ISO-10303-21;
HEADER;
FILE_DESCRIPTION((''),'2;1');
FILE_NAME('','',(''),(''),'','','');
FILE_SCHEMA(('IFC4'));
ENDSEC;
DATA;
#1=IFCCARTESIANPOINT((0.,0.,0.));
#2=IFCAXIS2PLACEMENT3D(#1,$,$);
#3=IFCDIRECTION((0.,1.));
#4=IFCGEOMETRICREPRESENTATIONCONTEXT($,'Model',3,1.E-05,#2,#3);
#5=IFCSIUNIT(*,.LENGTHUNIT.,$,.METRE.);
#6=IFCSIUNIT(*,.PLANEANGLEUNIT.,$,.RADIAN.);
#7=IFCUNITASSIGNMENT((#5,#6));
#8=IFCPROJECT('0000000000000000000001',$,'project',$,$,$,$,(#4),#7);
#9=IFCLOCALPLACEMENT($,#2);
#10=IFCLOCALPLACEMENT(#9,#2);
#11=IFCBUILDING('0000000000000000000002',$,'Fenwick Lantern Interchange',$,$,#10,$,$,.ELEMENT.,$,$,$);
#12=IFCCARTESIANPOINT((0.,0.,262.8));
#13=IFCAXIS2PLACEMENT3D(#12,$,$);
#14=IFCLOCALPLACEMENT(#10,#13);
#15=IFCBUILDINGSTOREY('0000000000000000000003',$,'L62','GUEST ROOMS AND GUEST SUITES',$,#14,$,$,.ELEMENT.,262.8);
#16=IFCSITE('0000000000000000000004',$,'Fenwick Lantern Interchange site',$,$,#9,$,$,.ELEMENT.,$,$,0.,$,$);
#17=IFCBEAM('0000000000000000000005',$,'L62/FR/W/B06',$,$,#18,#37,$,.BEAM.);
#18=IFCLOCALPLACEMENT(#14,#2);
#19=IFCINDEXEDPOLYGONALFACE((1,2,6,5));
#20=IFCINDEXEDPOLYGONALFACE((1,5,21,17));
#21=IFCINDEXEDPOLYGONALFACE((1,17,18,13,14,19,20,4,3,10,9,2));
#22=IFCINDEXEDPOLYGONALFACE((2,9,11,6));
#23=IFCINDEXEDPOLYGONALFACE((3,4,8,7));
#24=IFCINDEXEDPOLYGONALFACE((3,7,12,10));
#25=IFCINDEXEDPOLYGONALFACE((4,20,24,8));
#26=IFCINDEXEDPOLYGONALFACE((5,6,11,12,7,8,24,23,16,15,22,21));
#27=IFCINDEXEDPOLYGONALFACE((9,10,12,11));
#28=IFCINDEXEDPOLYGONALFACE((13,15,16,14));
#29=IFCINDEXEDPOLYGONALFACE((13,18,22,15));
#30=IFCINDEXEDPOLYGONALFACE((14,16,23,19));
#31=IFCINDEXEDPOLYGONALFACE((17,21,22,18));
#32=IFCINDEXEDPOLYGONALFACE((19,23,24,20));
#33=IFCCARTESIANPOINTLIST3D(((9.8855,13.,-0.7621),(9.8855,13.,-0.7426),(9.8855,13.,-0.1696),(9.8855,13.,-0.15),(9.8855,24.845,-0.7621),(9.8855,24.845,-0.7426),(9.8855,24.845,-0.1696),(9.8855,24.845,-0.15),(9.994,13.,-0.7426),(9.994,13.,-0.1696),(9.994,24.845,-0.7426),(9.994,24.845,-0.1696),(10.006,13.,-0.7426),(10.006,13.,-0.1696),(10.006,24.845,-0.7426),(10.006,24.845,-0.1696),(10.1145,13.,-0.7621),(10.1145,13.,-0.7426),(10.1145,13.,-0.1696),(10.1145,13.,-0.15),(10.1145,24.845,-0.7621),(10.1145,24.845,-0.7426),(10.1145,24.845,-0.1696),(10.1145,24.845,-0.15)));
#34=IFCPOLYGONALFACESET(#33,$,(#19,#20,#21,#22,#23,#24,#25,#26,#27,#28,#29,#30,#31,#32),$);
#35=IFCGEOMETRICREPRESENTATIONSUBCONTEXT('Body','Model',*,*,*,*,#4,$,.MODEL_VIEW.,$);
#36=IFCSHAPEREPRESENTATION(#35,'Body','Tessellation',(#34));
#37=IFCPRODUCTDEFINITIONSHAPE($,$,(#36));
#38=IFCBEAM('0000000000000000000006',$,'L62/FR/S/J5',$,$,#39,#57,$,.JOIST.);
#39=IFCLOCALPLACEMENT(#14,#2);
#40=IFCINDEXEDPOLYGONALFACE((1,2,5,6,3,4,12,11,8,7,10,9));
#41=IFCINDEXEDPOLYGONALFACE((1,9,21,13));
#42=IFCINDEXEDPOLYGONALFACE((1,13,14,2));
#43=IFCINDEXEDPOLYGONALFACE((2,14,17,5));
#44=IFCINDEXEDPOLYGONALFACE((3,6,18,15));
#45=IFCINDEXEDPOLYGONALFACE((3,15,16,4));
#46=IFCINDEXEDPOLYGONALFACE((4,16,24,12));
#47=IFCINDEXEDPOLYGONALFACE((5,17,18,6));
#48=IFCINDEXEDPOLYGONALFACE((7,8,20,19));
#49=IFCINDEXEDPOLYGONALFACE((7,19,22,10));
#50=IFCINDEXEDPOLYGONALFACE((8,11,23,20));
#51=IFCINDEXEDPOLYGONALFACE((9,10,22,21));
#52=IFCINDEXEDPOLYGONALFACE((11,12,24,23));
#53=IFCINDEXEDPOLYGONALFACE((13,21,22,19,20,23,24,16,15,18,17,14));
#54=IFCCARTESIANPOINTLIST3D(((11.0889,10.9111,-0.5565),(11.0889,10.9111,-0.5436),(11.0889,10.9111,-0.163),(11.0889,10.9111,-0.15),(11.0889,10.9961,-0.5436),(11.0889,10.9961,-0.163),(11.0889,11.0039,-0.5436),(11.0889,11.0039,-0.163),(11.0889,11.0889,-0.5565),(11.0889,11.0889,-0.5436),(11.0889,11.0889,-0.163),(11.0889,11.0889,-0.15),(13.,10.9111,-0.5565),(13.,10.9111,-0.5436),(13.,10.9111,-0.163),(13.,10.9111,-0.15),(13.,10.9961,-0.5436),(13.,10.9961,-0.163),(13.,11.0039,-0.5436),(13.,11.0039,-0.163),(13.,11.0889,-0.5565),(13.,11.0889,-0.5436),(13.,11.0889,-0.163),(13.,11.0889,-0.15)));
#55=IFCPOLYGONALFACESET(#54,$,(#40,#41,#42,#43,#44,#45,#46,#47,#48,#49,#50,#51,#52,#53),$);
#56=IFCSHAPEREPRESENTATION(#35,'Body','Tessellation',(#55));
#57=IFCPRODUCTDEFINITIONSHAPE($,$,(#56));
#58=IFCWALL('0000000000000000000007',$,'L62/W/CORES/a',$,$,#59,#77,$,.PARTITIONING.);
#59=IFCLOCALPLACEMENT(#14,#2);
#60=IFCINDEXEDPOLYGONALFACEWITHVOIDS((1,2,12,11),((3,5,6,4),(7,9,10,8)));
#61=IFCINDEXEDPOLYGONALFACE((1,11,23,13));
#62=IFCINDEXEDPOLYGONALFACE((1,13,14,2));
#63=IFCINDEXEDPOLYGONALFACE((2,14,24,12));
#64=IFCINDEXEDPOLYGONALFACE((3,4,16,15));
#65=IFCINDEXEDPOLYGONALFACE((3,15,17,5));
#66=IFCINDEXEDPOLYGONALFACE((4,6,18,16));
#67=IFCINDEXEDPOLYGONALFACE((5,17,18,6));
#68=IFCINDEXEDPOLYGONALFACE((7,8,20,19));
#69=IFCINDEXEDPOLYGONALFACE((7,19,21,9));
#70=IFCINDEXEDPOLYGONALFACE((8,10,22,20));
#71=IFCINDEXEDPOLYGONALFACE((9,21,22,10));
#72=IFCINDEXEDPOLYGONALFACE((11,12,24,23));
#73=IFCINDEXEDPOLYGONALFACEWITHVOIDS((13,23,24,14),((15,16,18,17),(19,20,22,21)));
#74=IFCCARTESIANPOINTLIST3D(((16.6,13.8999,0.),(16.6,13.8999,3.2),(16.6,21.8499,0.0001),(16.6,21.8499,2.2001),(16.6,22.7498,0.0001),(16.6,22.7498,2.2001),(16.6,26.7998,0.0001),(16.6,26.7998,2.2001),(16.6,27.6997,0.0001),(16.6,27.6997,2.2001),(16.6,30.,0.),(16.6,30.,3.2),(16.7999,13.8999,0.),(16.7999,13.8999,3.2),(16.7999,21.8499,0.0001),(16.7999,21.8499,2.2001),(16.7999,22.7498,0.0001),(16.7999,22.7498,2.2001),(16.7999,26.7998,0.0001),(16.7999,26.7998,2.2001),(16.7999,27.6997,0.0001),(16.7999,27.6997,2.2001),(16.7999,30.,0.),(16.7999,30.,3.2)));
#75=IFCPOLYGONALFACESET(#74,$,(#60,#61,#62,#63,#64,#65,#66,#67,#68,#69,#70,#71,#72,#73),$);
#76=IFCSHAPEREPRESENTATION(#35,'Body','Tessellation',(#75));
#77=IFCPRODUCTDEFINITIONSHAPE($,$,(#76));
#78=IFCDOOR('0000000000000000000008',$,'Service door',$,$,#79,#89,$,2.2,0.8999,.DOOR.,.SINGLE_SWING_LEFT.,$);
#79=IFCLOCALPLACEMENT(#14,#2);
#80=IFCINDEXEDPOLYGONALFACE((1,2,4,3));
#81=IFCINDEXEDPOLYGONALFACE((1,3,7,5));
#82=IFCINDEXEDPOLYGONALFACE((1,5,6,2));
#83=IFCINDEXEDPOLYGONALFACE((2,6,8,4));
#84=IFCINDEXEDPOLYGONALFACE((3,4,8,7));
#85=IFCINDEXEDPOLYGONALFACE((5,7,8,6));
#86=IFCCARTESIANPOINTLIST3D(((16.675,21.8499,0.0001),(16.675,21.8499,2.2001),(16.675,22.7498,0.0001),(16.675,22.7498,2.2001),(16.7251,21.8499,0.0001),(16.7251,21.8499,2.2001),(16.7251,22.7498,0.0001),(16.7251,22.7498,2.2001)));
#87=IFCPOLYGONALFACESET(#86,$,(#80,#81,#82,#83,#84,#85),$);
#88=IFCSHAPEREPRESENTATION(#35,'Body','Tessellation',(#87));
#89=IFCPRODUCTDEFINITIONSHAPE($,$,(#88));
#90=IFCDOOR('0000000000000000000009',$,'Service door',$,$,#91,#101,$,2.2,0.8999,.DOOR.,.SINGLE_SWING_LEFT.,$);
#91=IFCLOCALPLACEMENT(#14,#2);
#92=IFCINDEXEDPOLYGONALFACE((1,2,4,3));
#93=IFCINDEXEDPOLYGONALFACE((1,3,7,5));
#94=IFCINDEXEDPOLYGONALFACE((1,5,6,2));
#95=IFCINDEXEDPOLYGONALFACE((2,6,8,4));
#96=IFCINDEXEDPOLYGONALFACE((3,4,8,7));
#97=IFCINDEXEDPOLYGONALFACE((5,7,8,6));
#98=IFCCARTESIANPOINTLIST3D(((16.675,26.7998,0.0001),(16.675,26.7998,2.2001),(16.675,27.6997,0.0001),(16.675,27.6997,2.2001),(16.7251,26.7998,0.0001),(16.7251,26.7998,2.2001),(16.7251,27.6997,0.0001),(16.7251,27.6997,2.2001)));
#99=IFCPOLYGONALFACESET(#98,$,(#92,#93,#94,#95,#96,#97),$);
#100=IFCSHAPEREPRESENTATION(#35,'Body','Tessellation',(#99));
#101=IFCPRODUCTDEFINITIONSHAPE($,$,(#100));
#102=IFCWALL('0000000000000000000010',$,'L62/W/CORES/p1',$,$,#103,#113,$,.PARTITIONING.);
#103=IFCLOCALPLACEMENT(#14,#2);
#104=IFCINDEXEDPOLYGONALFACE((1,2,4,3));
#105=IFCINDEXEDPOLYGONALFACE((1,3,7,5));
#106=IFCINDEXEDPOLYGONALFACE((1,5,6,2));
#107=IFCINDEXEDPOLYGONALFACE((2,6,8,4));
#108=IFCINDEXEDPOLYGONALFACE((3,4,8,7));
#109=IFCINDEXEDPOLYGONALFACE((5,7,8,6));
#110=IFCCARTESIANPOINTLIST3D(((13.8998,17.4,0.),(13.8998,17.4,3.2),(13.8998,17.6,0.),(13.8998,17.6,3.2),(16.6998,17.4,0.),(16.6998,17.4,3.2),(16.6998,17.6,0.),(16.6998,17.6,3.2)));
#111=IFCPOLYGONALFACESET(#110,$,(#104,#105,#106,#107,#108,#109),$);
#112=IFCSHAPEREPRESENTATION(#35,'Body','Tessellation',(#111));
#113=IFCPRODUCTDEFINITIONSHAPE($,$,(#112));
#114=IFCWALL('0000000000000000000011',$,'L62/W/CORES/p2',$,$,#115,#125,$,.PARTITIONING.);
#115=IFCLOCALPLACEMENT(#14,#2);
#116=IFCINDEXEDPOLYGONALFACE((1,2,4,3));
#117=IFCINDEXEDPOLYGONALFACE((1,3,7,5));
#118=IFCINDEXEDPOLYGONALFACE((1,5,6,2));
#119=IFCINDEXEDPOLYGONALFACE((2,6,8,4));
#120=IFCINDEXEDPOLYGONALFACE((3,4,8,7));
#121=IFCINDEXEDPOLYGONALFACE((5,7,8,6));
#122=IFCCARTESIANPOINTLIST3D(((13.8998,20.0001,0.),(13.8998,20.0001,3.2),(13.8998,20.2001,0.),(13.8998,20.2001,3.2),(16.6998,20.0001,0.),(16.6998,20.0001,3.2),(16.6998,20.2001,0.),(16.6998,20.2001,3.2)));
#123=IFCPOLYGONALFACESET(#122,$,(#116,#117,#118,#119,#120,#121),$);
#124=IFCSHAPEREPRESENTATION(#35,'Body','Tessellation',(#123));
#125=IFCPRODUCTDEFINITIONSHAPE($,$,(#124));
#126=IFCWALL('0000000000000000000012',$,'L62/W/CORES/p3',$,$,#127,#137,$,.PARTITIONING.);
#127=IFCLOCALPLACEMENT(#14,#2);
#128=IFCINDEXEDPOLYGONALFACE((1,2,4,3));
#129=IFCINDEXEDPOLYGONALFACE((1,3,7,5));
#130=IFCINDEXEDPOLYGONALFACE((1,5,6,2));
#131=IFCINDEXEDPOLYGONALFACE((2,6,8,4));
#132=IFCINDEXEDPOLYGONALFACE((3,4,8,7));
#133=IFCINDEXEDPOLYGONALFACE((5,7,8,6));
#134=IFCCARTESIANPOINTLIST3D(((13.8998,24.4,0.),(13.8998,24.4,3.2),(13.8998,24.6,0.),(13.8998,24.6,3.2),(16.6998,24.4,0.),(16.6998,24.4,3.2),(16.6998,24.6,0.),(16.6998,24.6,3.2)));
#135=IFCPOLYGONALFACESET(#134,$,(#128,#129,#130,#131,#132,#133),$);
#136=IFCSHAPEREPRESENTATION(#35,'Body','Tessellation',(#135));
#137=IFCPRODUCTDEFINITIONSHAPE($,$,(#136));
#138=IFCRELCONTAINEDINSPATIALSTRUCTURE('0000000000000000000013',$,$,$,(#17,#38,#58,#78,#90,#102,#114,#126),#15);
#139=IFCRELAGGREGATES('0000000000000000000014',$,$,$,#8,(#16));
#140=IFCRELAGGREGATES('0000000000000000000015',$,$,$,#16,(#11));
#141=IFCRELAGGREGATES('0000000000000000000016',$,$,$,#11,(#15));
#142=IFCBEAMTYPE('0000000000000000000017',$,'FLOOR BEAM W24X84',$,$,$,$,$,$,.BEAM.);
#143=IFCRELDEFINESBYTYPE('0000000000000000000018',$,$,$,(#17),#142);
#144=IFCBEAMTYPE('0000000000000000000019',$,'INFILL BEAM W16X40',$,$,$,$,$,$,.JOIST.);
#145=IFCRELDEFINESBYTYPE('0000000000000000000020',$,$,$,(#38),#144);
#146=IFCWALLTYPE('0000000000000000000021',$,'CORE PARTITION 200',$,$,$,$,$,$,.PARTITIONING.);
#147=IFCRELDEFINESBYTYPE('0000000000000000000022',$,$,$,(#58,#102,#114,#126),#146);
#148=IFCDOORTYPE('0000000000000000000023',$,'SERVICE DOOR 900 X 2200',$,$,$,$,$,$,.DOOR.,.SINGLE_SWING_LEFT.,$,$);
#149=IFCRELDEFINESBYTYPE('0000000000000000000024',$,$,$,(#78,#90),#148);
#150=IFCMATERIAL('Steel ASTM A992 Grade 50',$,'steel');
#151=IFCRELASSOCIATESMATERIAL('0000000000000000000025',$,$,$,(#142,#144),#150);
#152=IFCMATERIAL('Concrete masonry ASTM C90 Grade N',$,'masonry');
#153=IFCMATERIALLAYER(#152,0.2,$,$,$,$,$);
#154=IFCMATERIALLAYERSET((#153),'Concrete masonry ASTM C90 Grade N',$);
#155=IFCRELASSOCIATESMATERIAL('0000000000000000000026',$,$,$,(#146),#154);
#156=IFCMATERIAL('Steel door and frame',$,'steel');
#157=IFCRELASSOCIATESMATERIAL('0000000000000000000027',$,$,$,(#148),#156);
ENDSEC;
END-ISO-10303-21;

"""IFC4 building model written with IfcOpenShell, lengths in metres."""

from ifc_helpers import new_model, si_unit, direction, frame, frame_2d, origin, origin_2d, place, context, subcontext, project, spatial, rectangle, i_section, extrude, material, layer, layer_set, material_profile, profile_set, type_object, element, fill, save


model = new_model("IFC4")

# Units and contexts
model_context = context("Model", 3, precision=1e-05, world=origin(), true_north=direction((0.0, 1.0)))
body_context = subcontext(model_context, "Body", "Model", "MODEL_VIEW")
ifc_project = project(units=[si_unit("LENGTHUNIT", "METRE"), si_unit("PLANEANGLEUNIT", "RADIAN")], contexts=[model_context])

# Site, building, storey
site_placement = place(None, origin())
site = spatial("IfcSite", under=ifc_project, at=site_placement, Name="Fenwick Lantern Interchange site", CompositionType="ELEMENT", RefElevation=0.0)
building_placement = place(site_placement, origin())
building = spatial("IfcBuilding", under=site, at=building_placement, Name="Fenwick Lantern Interchange", CompositionType="ELEMENT")
storey_placement = place(building_placement, frame((0.0, 0.0, 262.8)))
storey = spatial("IfcBuildingStorey", under=building, at=storey_placement, Name="L62", Description="GUEST ROOMS AND GUEST SUITES", CompositionType="ELEMENT", Elevation=262.8)

# Beams
ifc_material_1 = material(Name="Steel ASTM A992 Grade 50", Category="steel")
ifc_material_profile_1 = material_profile(ifc_material_1, i_section(OverallWidth=0.229, OverallDepth=0.6121, WebThickness=0.012, FlangeThickness=0.0195, at=origin_2d()), Name="W24X84")
ifc_profile_set_1 = profile_set([ifc_material_profile_1], Name="Steel ASTM A992 Grade 50")
beam_type_1 = type_object("IfcBeamType", Name="FLOOR BEAM W24X84", PredefinedType="BEAM", material=ifc_profile_set_1)
beam_1_placement = place(storey_placement, frame((10.0, 24.845, -0.4561), z_axis=(0.0, -1.0, 0.0), x_axis=(1.0, 0.0, 0.0)))
element("IfcBeam", 1, at=beam_1_placement, inside=storey, type_object=beam_type_1, Name="L62/FR/W/B06", PredefinedType="BEAM", context=body_context, shape_type="SweptSolid", body=[
    extrude(i_section(OverallWidth=0.229, OverallDepth=0.6121, WebThickness=0.012, FlangeThickness=0.0195, at=origin_2d()), origin(), (0.0, 0.0, 1.0), 11.845),
])
ifc_material_profile_2 = material_profile(ifc_material_1, i_section(OverallWidth=0.1777, OverallDepth=0.4065, WebThickness=0.0078, FlangeThickness=0.0129, at=origin_2d()), Name="W16X40")
ifc_profile_set_2 = profile_set([ifc_material_profile_2], Name="Steel ASTM A992 Grade 50")
beam_type_2 = type_object("IfcBeamType", Name="INFILL BEAM W16X40", PredefinedType="JOIST", material=ifc_profile_set_2)
beam_2_placement = place(storey_placement, frame((11.0889, 11.0, -0.3533), z_axis=(1.0, 0.0, 0.0), x_axis=(0.0, 1.0, 0.0)))
element("IfcBeam", 2, at=beam_2_placement, inside=storey, type_object=beam_type_2, Name="L62/FR/S/J5", PredefinedType="JOIST", context=body_context, shape_type="SweptSolid", body=[
    extrude(i_section(OverallWidth=0.1777, OverallDepth=0.4065, WebThickness=0.0078, FlangeThickness=0.0129, at=origin_2d()), origin(), (0.0, 0.0, 1.0), 1.9111),
])

# Wall, openings, doors
ifc_material_2 = material(Name="Concrete masonry ASTM C90 Grade N", Category="masonry")
ifc_layer_1 = layer(ifc_material_2, 0.2)
ifc_layer_set_1 = layer_set([ifc_layer_1], Name="Concrete masonry ASTM C90 Grade N")
wall_type_1 = type_object("IfcWallType", Name="CORE PARTITION 200", PredefinedType="PARTITIONING", material=ifc_layer_set_1)
wall_1_placement = place(storey_placement, frame((16.7, 13.8999, 0.0), z_axis=(0.0, 0.0, 1.0), x_axis=(0.0, 1.0, 0.0)))
wall_1 = element("IfcWall", 3, at=wall_1_placement, inside=storey, type_object=wall_type_1, Name="L62/W/CORES/a", PredefinedType="PARTITIONING", context=body_context, shape_type="SweptSolid", body=[
    extrude(rectangle(XDim=16.1001, YDim=0.2, at=frame_2d((8.05, 0.0))), origin(), (0.0, 0.0, 1.0), 3.2),
])
opening_1_placement = place(wall_1_placement, frame((7.95, 0.0, 0.0)))
opening_1 = element("IfcOpeningElement", 4, at=opening_1_placement, cuts=wall_1, PredefinedType="OPENING", context=body_context, shape_type="SweptSolid", body=[
    extrude(rectangle(XDim=0.8999, YDim=2.2, at=frame_2d((0.45, 1.1001))), frame((0.0, 0.1099, 0.0), z_axis=(0.0, -1.0, 0.0), x_axis=(1.0, 0.0, 0.0)), (0.0, 0.0, 1.0), 0.22),
])
opening_2_placement = place(wall_1_placement, frame((12.8999, 0.0, 0.0)))
opening_2 = element("IfcOpeningElement", 5, at=opening_2_placement, cuts=wall_1, PredefinedType="OPENING", context=body_context, shape_type="SweptSolid", body=[
    extrude(rectangle(XDim=0.8999, YDim=2.2, at=frame_2d((0.45, 1.1001))), frame((0.0, 0.1099, 0.0), z_axis=(0.0, -1.0, 0.0), x_axis=(1.0, 0.0, 0.0)), (0.0, 0.0, 1.0), 0.22),
])
ifc_material_3 = material(Name="Steel door and frame", Category="steel")
door_type_1 = type_object("IfcDoorType", Name="SERVICE DOOR 900 X 2200", OperationType="SINGLE_SWING_LEFT", PredefinedType="DOOR", material=ifc_material_3)
door_1_placement = place(opening_1_placement, origin())
door_1 = element("IfcDoor", 6, at=door_1_placement, inside=storey, type_object=door_type_1, Name="Service door", OperationType="SINGLE_SWING_LEFT", OverallHeight=2.2, OverallWidth=0.8999, PredefinedType="DOOR", context=body_context, shape_type="SweptSolid", body=[
    extrude(rectangle(XDim=0.8999, YDim=2.2, at=frame_2d((0.45, 1.1001))), frame((0.0, 0.0249, 0.0), z_axis=(0.0, -1.0, 0.0), x_axis=(1.0, 0.0, 0.0)), (0.0, 0.0, 1.0), 0.05),
])
fill(opening_1, door_1)
door_2_placement = place(opening_2_placement, origin())
door_2 = element("IfcDoor", 7, at=door_2_placement, inside=storey, type_object=door_type_1, Name="Service door", OperationType="SINGLE_SWING_LEFT", OverallHeight=2.2, OverallWidth=0.8999, PredefinedType="DOOR", context=body_context, shape_type="SweptSolid", body=[
    extrude(rectangle(XDim=0.8999, YDim=2.2, at=frame_2d((0.45, 1.1001))), frame((0.0, 0.0249, 0.0), z_axis=(0.0, -1.0, 0.0), x_axis=(1.0, 0.0, 0.0)), (0.0, 0.0, 1.0), 0.05),
])
fill(opening_2, door_2)

# Walls
for number, where, z_axis, x_axis, name in (
    (8, (13.8999, 17.5, 0.0), (0.0, 0.0, 1.0), (1.0, 0.0, 0.0), "L62/W/CORES/p1"),
    (9, (13.8999, 20.1001, 0.0), (0.0, 0.0, 1.0), (1.0, 0.0, 0.0), "L62/W/CORES/p2"),
    (10, (13.8999, 24.5, 0.0), (0.0, 0.0, 1.0), (1.0, 0.0, 0.0), "L62/W/CORES/p3"),
):
    element("IfcWall", number, at=place(storey_placement, frame(where, z_axis=z_axis, x_axis=x_axis)), inside=storey, type_object=wall_type_1, Name=name, PredefinedType="PARTITIONING", context=body_context, shape_type="SweptSolid", body=[
        extrude(rectangle(XDim=2.8, YDim=0.2, at=frame_2d((1.3999, 0.0))), origin(), (0.0, 0.0, 1.0), 3.2),
    ])

save(model, "model.ifc")
